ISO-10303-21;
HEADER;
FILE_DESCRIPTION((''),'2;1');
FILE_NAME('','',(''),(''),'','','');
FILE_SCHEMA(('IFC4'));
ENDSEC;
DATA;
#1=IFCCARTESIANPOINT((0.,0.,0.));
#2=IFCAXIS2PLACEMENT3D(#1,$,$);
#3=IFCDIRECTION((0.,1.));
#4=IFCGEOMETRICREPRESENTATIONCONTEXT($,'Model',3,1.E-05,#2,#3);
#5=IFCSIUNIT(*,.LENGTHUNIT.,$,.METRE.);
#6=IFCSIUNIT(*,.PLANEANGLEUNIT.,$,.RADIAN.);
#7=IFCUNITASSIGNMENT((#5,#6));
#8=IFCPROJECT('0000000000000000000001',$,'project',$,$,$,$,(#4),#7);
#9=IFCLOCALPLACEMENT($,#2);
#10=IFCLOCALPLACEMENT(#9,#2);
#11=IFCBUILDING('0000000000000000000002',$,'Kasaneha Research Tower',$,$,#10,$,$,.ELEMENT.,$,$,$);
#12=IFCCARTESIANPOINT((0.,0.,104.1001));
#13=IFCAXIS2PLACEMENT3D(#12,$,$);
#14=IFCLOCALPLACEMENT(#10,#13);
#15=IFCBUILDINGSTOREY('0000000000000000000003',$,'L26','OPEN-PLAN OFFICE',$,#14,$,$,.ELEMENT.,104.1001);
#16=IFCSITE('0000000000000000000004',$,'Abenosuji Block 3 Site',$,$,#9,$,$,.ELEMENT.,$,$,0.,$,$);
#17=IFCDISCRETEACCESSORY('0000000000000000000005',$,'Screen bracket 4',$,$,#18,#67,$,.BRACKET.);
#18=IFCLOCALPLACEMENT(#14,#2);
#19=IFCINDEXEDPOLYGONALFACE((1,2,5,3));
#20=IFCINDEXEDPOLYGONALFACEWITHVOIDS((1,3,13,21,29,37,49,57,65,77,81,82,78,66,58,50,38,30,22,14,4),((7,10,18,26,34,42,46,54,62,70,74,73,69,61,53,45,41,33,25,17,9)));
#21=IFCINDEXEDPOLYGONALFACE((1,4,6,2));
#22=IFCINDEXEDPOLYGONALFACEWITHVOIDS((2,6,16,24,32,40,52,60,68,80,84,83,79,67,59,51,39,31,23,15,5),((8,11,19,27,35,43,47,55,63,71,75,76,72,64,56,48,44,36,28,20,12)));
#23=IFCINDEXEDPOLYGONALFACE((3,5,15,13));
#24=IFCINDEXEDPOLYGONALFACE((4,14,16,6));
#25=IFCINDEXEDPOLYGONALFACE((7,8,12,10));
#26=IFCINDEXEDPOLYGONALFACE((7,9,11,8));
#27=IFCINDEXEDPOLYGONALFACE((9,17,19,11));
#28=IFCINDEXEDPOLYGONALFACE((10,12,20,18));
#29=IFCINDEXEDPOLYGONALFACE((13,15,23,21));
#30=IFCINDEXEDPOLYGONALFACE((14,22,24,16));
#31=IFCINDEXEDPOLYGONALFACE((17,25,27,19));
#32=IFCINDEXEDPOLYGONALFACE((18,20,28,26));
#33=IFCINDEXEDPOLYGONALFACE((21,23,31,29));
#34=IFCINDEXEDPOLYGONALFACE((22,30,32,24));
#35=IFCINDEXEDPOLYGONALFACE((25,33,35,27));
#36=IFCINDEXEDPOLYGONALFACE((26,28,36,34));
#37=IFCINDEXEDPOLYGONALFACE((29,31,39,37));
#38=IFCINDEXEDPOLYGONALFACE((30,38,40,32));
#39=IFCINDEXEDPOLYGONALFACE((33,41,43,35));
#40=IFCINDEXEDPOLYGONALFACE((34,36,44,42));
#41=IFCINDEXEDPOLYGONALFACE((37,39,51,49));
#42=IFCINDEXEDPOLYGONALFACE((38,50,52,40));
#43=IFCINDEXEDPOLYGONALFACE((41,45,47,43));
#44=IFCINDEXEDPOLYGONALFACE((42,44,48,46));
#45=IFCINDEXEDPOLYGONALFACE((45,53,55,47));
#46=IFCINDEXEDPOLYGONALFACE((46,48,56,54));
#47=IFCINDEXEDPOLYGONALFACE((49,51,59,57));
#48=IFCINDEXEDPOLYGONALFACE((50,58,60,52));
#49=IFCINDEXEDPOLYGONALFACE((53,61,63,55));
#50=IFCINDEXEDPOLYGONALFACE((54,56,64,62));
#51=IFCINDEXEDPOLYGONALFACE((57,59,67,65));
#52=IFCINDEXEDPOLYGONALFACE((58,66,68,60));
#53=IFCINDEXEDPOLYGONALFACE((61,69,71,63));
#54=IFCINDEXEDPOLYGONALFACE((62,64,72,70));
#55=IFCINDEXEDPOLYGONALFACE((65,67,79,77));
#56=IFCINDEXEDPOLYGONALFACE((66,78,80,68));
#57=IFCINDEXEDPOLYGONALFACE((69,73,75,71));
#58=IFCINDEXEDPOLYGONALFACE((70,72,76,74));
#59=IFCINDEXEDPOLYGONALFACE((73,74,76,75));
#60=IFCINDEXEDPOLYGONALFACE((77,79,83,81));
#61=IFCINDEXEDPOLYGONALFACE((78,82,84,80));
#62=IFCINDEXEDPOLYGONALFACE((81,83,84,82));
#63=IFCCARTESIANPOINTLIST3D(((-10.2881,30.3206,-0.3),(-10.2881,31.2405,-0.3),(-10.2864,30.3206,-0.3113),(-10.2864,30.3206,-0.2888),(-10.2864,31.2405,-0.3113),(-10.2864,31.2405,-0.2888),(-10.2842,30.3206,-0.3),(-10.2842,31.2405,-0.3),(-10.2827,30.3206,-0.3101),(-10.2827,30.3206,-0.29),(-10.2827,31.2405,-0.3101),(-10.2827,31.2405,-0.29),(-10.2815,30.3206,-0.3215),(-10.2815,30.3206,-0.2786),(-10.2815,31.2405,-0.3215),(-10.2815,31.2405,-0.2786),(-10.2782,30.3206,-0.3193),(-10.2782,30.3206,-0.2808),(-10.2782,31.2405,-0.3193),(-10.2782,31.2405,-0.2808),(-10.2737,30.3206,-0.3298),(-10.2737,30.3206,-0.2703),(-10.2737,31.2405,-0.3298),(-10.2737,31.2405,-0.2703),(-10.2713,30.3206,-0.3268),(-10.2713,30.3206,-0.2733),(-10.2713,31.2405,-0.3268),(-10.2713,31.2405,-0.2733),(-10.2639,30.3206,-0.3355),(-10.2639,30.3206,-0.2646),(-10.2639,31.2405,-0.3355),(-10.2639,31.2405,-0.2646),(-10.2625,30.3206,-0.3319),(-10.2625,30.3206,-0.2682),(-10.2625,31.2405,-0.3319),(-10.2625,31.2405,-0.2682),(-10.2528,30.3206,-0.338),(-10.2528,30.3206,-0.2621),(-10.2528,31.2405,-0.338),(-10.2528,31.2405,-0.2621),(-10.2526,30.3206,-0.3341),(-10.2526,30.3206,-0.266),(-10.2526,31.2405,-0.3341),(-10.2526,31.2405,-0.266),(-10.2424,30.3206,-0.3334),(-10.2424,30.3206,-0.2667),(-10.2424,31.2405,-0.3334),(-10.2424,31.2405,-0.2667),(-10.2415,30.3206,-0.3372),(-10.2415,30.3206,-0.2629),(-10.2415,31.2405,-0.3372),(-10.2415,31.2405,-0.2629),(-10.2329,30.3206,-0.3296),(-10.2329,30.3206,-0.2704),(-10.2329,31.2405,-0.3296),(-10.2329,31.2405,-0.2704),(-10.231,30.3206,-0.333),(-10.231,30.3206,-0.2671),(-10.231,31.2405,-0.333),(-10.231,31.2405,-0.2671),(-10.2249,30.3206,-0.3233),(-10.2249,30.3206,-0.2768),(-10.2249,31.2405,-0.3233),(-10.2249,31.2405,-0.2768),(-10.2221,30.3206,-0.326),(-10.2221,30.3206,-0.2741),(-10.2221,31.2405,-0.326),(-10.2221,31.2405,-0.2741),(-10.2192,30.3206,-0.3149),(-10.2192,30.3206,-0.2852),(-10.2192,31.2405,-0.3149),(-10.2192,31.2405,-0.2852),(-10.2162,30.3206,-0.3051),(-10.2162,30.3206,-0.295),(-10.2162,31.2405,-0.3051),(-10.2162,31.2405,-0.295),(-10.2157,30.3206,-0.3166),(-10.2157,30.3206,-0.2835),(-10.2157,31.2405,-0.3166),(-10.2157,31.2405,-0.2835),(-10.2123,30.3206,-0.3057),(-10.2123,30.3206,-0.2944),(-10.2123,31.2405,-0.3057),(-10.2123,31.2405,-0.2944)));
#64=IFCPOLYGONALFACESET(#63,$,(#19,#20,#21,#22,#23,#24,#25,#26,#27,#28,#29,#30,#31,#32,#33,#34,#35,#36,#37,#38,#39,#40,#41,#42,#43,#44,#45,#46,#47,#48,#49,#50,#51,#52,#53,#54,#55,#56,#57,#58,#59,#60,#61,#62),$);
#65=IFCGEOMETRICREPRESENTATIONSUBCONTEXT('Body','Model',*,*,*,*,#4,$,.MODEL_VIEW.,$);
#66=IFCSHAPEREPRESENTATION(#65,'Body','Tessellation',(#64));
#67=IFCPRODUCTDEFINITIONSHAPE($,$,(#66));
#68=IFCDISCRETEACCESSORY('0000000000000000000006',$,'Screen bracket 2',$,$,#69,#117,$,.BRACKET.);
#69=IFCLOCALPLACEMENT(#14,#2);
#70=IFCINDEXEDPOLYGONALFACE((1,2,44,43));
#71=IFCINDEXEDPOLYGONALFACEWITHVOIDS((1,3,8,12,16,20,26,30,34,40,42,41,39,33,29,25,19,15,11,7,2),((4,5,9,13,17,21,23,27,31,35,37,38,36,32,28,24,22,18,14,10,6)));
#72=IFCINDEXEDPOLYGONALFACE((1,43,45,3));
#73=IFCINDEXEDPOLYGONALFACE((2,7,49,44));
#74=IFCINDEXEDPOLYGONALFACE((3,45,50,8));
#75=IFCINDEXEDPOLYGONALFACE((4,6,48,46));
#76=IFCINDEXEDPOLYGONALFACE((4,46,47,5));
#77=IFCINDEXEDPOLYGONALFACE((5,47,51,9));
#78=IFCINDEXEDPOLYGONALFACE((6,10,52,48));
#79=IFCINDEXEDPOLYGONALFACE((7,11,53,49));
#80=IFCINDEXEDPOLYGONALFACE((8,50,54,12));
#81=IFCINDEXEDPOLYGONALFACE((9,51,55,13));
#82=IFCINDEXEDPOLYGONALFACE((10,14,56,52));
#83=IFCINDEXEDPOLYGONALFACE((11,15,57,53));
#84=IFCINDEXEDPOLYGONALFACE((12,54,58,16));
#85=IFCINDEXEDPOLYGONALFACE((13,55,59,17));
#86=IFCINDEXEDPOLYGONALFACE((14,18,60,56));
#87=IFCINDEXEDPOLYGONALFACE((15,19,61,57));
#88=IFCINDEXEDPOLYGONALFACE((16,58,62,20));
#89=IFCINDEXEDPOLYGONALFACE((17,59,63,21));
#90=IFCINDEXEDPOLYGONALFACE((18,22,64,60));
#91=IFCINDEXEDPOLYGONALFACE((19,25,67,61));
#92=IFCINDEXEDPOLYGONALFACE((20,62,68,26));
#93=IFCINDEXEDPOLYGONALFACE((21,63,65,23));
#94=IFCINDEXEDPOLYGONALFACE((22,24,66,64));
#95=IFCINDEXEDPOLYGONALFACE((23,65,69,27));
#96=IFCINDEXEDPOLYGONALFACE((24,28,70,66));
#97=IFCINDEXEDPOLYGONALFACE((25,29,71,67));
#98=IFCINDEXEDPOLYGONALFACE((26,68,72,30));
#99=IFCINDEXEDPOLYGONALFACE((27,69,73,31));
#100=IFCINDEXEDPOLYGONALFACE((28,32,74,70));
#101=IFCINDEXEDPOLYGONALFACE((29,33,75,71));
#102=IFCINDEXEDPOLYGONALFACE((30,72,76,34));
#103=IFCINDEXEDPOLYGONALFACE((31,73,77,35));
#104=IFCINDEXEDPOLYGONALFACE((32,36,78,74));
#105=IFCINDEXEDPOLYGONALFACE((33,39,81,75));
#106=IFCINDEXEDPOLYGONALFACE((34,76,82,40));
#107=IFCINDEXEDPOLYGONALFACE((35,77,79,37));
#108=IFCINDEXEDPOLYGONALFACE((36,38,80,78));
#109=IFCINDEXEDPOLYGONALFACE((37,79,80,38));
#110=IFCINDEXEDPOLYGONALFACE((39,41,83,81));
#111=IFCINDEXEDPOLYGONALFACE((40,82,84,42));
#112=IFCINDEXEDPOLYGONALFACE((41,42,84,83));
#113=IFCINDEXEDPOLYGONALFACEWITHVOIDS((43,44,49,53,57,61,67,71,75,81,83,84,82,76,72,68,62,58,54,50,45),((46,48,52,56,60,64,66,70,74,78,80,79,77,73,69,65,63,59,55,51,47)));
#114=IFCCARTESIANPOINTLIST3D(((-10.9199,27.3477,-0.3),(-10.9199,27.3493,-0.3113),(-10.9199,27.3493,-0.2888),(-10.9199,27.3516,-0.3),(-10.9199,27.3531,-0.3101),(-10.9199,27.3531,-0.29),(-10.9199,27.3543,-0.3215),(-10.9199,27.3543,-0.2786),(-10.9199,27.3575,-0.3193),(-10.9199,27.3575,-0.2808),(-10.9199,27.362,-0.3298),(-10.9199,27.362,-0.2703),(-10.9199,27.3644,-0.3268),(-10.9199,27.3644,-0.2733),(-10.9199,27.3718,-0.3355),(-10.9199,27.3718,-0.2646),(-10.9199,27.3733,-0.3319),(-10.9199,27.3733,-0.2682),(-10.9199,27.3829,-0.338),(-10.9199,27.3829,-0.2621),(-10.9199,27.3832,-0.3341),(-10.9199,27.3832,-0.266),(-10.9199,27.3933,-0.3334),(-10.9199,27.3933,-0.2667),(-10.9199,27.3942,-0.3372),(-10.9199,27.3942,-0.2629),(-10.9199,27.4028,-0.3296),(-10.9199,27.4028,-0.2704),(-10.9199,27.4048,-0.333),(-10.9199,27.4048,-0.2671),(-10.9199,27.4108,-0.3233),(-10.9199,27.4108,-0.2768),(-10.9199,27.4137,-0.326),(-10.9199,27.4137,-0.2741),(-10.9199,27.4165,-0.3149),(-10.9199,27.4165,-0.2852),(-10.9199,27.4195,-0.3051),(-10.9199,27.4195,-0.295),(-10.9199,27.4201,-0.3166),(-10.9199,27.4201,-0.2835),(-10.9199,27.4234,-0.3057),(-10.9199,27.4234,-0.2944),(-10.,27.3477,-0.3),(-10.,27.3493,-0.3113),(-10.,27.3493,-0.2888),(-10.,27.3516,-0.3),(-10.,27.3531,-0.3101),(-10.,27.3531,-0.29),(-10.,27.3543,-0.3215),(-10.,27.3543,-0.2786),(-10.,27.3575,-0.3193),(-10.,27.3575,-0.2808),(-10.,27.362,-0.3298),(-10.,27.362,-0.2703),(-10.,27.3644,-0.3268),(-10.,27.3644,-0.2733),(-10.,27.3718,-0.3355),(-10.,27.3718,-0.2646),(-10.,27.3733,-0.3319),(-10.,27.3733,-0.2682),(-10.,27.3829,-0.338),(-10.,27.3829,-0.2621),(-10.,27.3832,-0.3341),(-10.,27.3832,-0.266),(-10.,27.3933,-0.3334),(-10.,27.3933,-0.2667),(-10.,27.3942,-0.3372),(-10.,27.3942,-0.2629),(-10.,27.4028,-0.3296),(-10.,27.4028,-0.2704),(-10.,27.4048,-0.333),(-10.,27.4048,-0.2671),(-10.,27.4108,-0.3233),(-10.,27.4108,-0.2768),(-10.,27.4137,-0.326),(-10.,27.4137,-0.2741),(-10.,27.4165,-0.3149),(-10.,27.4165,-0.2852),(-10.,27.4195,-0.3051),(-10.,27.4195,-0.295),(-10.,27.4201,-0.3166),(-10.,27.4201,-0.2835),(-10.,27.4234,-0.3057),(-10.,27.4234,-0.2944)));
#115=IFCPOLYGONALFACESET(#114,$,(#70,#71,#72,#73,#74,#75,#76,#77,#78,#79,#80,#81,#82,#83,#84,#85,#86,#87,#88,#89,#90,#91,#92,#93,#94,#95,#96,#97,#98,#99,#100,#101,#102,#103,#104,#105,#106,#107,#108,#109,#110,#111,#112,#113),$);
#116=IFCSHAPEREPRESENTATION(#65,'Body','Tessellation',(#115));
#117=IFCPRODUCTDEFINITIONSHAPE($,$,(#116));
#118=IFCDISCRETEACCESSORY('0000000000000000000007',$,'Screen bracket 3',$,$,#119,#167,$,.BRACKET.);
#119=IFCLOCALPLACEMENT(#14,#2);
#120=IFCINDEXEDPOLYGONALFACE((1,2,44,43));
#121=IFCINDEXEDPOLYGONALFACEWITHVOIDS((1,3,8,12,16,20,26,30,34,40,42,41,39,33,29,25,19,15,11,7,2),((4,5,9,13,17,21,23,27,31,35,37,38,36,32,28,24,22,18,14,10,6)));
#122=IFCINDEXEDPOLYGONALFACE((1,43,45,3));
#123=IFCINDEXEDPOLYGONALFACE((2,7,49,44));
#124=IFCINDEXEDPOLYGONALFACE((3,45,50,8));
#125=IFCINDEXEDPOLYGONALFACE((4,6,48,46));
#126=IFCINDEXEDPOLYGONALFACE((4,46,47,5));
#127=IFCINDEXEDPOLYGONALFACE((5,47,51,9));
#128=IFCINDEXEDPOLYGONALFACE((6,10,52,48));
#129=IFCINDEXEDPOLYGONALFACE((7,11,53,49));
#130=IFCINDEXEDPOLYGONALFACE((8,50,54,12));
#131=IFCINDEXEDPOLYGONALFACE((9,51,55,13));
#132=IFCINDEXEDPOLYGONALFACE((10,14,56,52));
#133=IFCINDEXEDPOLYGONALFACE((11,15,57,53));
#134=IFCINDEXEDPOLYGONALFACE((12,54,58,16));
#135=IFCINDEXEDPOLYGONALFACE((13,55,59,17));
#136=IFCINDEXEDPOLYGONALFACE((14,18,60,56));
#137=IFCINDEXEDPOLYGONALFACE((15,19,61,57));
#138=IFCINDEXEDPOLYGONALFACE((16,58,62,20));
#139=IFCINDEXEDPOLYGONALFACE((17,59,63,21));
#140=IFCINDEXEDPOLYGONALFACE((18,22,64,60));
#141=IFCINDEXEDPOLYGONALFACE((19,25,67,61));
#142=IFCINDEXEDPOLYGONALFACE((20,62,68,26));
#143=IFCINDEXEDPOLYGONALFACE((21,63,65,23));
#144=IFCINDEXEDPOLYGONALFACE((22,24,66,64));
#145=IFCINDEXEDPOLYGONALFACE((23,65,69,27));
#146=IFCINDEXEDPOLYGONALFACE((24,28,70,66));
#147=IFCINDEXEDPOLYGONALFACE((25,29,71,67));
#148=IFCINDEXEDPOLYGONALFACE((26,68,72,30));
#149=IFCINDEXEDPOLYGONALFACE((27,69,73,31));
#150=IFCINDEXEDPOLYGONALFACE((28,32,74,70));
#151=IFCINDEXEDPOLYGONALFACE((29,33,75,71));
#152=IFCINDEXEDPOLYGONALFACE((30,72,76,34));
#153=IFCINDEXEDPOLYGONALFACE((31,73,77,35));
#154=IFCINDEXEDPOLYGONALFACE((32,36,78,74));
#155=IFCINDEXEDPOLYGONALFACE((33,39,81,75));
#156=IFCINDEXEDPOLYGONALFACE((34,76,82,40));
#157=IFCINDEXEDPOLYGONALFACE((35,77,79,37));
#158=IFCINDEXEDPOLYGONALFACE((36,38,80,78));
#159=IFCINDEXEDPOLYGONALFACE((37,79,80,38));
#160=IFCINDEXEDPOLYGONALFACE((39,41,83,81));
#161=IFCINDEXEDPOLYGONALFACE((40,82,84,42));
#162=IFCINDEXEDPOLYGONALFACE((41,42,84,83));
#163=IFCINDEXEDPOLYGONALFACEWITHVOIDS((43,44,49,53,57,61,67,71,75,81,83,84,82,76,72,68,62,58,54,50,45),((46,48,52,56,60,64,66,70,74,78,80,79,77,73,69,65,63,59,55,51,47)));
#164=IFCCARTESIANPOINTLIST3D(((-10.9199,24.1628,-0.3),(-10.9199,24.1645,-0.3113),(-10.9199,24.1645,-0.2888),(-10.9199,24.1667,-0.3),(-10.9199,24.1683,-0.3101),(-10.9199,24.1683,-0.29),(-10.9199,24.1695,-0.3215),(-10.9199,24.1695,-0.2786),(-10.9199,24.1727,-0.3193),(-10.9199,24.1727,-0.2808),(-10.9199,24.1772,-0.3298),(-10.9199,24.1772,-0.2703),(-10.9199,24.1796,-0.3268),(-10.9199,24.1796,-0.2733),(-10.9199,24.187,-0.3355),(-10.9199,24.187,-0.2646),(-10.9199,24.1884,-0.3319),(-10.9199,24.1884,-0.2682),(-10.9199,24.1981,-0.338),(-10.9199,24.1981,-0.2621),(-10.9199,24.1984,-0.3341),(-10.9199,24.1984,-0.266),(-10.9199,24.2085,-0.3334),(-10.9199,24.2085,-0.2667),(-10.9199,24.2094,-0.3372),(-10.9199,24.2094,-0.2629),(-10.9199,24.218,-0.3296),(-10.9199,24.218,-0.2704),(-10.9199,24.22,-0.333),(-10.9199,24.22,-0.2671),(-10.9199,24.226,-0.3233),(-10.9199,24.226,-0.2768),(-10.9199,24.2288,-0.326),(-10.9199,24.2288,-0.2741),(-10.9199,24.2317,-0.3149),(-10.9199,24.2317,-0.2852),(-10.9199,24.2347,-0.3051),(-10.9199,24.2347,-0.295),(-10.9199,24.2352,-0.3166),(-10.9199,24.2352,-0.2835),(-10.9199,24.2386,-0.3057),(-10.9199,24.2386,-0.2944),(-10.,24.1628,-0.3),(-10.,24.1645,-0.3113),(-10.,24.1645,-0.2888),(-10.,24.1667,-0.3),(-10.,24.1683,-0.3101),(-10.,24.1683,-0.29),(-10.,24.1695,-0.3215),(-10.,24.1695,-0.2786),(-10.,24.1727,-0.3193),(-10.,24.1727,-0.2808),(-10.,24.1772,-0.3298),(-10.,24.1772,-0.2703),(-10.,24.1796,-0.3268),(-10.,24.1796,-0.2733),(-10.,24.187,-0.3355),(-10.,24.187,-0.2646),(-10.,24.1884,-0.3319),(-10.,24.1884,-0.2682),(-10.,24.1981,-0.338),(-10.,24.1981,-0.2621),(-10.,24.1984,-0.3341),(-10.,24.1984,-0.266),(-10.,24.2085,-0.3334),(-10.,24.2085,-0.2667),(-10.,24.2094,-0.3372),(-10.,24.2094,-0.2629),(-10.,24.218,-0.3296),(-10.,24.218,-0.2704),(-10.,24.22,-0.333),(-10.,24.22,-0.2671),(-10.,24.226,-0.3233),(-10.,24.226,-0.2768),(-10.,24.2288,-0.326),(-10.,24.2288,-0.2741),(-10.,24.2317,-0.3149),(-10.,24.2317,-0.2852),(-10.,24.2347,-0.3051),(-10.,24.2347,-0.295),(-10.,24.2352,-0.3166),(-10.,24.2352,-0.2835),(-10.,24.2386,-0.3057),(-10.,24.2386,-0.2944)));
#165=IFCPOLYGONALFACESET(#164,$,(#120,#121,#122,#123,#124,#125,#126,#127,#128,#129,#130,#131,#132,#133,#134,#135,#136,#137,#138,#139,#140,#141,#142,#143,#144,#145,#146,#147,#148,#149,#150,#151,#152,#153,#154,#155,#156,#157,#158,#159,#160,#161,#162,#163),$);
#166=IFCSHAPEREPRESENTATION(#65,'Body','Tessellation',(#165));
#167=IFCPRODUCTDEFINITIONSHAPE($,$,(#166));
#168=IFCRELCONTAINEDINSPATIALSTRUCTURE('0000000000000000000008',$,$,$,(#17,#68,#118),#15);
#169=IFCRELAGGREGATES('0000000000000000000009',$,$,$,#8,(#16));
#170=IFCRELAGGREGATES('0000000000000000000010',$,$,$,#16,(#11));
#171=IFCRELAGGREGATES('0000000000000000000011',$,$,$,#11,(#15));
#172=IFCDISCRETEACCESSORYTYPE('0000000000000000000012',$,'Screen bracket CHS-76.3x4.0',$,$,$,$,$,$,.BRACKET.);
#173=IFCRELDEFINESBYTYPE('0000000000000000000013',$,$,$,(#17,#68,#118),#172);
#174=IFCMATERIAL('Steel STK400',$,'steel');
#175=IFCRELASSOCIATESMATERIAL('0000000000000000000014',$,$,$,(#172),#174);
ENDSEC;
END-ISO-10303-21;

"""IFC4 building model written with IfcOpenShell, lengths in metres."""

from ifc_helpers import new_model, si_unit, direction, frame, origin, origin_2d, place, context, subcontext, project, spatial, hollow_circle, extrude, material, material_profile, profile_set, type_object, element, save


model = new_model("IFC4")

# Units and contexts
model_context = context("Model", 3, precision=1e-05, world=origin(), true_north=direction((0.0, 1.0)))
body_context = subcontext(model_context, "Body", "Model", "MODEL_VIEW")
ifc_project = project(units=[si_unit("LENGTHUNIT", "METRE"), si_unit("PLANEANGLEUNIT", "RADIAN")], contexts=[model_context])

# Site, building, storey
site_placement = place(None, origin())
site = spatial("IfcSite", under=ifc_project, at=site_placement, Name="Abenosuji Block 3 Site", CompositionType="ELEMENT", RefElevation=0.0)
building_placement = place(site_placement, origin())
building = spatial("IfcBuilding", under=site, at=building_placement, Name="Kasaneha Research Tower", CompositionType="ELEMENT")
storey_placement = place(building_placement, frame((0.0, 0.0, 104.1001)))
storey = spatial("IfcBuildingStorey", under=building, at=storey_placement, Name="L26", Description="OPEN-PLAN OFFICE", CompositionType="ELEMENT", Elevation=104.1001)

# Discrete accessories
ifc_material_1 = material(Name="Steel STK400", Category="steel")
ifc_material_profile_1 = material_profile(ifc_material_1, hollow_circle(Radius=0.0381, WallThickness=0.0039, at=origin_2d()), Name="CHS-76.3x4.0")
ifc_profile_set_1 = profile_set([ifc_material_profile_1], Name="Steel STK400")
discrete_accessory_type = type_object("IfcDiscreteAccessoryType", Name="Screen bracket CHS-76.3x4.0", PredefinedType="BRACKET", material=ifc_profile_set_1)
for number, where, z_axis, x_axis, name in (
    (1, (-10.25, 30.3206, -0.3), (0.0, 1.0, 0.0), (-1.0, 0.0, 0.0), "Screen bracket 4"),
    (2, (-10.0, 27.3857, -0.3), (-1.0, 0.0, 0.0), (0.0, -1.0, 0.0), "Screen bracket 2"),
    (3, (-10.0, 24.2009, -0.3), (-1.0, 0.0, 0.0), (0.0, -1.0, 0.0), "Screen bracket 3"),
):
    element("IfcDiscreteAccessory", number, at=place(storey_placement, frame(where, z_axis=z_axis, x_axis=x_axis)), inside=storey, type_object=discrete_accessory_type, Name=name, PredefinedType="BRACKET", context=body_context, shape_type="SweptSolid", body=[
        extrude(hollow_circle(Radius=0.0381, WallThickness=0.0039, at=origin_2d()), origin(), (0.0, 0.0, 1.0), 0.9199),
    ])

save(model, "model.ifc")
